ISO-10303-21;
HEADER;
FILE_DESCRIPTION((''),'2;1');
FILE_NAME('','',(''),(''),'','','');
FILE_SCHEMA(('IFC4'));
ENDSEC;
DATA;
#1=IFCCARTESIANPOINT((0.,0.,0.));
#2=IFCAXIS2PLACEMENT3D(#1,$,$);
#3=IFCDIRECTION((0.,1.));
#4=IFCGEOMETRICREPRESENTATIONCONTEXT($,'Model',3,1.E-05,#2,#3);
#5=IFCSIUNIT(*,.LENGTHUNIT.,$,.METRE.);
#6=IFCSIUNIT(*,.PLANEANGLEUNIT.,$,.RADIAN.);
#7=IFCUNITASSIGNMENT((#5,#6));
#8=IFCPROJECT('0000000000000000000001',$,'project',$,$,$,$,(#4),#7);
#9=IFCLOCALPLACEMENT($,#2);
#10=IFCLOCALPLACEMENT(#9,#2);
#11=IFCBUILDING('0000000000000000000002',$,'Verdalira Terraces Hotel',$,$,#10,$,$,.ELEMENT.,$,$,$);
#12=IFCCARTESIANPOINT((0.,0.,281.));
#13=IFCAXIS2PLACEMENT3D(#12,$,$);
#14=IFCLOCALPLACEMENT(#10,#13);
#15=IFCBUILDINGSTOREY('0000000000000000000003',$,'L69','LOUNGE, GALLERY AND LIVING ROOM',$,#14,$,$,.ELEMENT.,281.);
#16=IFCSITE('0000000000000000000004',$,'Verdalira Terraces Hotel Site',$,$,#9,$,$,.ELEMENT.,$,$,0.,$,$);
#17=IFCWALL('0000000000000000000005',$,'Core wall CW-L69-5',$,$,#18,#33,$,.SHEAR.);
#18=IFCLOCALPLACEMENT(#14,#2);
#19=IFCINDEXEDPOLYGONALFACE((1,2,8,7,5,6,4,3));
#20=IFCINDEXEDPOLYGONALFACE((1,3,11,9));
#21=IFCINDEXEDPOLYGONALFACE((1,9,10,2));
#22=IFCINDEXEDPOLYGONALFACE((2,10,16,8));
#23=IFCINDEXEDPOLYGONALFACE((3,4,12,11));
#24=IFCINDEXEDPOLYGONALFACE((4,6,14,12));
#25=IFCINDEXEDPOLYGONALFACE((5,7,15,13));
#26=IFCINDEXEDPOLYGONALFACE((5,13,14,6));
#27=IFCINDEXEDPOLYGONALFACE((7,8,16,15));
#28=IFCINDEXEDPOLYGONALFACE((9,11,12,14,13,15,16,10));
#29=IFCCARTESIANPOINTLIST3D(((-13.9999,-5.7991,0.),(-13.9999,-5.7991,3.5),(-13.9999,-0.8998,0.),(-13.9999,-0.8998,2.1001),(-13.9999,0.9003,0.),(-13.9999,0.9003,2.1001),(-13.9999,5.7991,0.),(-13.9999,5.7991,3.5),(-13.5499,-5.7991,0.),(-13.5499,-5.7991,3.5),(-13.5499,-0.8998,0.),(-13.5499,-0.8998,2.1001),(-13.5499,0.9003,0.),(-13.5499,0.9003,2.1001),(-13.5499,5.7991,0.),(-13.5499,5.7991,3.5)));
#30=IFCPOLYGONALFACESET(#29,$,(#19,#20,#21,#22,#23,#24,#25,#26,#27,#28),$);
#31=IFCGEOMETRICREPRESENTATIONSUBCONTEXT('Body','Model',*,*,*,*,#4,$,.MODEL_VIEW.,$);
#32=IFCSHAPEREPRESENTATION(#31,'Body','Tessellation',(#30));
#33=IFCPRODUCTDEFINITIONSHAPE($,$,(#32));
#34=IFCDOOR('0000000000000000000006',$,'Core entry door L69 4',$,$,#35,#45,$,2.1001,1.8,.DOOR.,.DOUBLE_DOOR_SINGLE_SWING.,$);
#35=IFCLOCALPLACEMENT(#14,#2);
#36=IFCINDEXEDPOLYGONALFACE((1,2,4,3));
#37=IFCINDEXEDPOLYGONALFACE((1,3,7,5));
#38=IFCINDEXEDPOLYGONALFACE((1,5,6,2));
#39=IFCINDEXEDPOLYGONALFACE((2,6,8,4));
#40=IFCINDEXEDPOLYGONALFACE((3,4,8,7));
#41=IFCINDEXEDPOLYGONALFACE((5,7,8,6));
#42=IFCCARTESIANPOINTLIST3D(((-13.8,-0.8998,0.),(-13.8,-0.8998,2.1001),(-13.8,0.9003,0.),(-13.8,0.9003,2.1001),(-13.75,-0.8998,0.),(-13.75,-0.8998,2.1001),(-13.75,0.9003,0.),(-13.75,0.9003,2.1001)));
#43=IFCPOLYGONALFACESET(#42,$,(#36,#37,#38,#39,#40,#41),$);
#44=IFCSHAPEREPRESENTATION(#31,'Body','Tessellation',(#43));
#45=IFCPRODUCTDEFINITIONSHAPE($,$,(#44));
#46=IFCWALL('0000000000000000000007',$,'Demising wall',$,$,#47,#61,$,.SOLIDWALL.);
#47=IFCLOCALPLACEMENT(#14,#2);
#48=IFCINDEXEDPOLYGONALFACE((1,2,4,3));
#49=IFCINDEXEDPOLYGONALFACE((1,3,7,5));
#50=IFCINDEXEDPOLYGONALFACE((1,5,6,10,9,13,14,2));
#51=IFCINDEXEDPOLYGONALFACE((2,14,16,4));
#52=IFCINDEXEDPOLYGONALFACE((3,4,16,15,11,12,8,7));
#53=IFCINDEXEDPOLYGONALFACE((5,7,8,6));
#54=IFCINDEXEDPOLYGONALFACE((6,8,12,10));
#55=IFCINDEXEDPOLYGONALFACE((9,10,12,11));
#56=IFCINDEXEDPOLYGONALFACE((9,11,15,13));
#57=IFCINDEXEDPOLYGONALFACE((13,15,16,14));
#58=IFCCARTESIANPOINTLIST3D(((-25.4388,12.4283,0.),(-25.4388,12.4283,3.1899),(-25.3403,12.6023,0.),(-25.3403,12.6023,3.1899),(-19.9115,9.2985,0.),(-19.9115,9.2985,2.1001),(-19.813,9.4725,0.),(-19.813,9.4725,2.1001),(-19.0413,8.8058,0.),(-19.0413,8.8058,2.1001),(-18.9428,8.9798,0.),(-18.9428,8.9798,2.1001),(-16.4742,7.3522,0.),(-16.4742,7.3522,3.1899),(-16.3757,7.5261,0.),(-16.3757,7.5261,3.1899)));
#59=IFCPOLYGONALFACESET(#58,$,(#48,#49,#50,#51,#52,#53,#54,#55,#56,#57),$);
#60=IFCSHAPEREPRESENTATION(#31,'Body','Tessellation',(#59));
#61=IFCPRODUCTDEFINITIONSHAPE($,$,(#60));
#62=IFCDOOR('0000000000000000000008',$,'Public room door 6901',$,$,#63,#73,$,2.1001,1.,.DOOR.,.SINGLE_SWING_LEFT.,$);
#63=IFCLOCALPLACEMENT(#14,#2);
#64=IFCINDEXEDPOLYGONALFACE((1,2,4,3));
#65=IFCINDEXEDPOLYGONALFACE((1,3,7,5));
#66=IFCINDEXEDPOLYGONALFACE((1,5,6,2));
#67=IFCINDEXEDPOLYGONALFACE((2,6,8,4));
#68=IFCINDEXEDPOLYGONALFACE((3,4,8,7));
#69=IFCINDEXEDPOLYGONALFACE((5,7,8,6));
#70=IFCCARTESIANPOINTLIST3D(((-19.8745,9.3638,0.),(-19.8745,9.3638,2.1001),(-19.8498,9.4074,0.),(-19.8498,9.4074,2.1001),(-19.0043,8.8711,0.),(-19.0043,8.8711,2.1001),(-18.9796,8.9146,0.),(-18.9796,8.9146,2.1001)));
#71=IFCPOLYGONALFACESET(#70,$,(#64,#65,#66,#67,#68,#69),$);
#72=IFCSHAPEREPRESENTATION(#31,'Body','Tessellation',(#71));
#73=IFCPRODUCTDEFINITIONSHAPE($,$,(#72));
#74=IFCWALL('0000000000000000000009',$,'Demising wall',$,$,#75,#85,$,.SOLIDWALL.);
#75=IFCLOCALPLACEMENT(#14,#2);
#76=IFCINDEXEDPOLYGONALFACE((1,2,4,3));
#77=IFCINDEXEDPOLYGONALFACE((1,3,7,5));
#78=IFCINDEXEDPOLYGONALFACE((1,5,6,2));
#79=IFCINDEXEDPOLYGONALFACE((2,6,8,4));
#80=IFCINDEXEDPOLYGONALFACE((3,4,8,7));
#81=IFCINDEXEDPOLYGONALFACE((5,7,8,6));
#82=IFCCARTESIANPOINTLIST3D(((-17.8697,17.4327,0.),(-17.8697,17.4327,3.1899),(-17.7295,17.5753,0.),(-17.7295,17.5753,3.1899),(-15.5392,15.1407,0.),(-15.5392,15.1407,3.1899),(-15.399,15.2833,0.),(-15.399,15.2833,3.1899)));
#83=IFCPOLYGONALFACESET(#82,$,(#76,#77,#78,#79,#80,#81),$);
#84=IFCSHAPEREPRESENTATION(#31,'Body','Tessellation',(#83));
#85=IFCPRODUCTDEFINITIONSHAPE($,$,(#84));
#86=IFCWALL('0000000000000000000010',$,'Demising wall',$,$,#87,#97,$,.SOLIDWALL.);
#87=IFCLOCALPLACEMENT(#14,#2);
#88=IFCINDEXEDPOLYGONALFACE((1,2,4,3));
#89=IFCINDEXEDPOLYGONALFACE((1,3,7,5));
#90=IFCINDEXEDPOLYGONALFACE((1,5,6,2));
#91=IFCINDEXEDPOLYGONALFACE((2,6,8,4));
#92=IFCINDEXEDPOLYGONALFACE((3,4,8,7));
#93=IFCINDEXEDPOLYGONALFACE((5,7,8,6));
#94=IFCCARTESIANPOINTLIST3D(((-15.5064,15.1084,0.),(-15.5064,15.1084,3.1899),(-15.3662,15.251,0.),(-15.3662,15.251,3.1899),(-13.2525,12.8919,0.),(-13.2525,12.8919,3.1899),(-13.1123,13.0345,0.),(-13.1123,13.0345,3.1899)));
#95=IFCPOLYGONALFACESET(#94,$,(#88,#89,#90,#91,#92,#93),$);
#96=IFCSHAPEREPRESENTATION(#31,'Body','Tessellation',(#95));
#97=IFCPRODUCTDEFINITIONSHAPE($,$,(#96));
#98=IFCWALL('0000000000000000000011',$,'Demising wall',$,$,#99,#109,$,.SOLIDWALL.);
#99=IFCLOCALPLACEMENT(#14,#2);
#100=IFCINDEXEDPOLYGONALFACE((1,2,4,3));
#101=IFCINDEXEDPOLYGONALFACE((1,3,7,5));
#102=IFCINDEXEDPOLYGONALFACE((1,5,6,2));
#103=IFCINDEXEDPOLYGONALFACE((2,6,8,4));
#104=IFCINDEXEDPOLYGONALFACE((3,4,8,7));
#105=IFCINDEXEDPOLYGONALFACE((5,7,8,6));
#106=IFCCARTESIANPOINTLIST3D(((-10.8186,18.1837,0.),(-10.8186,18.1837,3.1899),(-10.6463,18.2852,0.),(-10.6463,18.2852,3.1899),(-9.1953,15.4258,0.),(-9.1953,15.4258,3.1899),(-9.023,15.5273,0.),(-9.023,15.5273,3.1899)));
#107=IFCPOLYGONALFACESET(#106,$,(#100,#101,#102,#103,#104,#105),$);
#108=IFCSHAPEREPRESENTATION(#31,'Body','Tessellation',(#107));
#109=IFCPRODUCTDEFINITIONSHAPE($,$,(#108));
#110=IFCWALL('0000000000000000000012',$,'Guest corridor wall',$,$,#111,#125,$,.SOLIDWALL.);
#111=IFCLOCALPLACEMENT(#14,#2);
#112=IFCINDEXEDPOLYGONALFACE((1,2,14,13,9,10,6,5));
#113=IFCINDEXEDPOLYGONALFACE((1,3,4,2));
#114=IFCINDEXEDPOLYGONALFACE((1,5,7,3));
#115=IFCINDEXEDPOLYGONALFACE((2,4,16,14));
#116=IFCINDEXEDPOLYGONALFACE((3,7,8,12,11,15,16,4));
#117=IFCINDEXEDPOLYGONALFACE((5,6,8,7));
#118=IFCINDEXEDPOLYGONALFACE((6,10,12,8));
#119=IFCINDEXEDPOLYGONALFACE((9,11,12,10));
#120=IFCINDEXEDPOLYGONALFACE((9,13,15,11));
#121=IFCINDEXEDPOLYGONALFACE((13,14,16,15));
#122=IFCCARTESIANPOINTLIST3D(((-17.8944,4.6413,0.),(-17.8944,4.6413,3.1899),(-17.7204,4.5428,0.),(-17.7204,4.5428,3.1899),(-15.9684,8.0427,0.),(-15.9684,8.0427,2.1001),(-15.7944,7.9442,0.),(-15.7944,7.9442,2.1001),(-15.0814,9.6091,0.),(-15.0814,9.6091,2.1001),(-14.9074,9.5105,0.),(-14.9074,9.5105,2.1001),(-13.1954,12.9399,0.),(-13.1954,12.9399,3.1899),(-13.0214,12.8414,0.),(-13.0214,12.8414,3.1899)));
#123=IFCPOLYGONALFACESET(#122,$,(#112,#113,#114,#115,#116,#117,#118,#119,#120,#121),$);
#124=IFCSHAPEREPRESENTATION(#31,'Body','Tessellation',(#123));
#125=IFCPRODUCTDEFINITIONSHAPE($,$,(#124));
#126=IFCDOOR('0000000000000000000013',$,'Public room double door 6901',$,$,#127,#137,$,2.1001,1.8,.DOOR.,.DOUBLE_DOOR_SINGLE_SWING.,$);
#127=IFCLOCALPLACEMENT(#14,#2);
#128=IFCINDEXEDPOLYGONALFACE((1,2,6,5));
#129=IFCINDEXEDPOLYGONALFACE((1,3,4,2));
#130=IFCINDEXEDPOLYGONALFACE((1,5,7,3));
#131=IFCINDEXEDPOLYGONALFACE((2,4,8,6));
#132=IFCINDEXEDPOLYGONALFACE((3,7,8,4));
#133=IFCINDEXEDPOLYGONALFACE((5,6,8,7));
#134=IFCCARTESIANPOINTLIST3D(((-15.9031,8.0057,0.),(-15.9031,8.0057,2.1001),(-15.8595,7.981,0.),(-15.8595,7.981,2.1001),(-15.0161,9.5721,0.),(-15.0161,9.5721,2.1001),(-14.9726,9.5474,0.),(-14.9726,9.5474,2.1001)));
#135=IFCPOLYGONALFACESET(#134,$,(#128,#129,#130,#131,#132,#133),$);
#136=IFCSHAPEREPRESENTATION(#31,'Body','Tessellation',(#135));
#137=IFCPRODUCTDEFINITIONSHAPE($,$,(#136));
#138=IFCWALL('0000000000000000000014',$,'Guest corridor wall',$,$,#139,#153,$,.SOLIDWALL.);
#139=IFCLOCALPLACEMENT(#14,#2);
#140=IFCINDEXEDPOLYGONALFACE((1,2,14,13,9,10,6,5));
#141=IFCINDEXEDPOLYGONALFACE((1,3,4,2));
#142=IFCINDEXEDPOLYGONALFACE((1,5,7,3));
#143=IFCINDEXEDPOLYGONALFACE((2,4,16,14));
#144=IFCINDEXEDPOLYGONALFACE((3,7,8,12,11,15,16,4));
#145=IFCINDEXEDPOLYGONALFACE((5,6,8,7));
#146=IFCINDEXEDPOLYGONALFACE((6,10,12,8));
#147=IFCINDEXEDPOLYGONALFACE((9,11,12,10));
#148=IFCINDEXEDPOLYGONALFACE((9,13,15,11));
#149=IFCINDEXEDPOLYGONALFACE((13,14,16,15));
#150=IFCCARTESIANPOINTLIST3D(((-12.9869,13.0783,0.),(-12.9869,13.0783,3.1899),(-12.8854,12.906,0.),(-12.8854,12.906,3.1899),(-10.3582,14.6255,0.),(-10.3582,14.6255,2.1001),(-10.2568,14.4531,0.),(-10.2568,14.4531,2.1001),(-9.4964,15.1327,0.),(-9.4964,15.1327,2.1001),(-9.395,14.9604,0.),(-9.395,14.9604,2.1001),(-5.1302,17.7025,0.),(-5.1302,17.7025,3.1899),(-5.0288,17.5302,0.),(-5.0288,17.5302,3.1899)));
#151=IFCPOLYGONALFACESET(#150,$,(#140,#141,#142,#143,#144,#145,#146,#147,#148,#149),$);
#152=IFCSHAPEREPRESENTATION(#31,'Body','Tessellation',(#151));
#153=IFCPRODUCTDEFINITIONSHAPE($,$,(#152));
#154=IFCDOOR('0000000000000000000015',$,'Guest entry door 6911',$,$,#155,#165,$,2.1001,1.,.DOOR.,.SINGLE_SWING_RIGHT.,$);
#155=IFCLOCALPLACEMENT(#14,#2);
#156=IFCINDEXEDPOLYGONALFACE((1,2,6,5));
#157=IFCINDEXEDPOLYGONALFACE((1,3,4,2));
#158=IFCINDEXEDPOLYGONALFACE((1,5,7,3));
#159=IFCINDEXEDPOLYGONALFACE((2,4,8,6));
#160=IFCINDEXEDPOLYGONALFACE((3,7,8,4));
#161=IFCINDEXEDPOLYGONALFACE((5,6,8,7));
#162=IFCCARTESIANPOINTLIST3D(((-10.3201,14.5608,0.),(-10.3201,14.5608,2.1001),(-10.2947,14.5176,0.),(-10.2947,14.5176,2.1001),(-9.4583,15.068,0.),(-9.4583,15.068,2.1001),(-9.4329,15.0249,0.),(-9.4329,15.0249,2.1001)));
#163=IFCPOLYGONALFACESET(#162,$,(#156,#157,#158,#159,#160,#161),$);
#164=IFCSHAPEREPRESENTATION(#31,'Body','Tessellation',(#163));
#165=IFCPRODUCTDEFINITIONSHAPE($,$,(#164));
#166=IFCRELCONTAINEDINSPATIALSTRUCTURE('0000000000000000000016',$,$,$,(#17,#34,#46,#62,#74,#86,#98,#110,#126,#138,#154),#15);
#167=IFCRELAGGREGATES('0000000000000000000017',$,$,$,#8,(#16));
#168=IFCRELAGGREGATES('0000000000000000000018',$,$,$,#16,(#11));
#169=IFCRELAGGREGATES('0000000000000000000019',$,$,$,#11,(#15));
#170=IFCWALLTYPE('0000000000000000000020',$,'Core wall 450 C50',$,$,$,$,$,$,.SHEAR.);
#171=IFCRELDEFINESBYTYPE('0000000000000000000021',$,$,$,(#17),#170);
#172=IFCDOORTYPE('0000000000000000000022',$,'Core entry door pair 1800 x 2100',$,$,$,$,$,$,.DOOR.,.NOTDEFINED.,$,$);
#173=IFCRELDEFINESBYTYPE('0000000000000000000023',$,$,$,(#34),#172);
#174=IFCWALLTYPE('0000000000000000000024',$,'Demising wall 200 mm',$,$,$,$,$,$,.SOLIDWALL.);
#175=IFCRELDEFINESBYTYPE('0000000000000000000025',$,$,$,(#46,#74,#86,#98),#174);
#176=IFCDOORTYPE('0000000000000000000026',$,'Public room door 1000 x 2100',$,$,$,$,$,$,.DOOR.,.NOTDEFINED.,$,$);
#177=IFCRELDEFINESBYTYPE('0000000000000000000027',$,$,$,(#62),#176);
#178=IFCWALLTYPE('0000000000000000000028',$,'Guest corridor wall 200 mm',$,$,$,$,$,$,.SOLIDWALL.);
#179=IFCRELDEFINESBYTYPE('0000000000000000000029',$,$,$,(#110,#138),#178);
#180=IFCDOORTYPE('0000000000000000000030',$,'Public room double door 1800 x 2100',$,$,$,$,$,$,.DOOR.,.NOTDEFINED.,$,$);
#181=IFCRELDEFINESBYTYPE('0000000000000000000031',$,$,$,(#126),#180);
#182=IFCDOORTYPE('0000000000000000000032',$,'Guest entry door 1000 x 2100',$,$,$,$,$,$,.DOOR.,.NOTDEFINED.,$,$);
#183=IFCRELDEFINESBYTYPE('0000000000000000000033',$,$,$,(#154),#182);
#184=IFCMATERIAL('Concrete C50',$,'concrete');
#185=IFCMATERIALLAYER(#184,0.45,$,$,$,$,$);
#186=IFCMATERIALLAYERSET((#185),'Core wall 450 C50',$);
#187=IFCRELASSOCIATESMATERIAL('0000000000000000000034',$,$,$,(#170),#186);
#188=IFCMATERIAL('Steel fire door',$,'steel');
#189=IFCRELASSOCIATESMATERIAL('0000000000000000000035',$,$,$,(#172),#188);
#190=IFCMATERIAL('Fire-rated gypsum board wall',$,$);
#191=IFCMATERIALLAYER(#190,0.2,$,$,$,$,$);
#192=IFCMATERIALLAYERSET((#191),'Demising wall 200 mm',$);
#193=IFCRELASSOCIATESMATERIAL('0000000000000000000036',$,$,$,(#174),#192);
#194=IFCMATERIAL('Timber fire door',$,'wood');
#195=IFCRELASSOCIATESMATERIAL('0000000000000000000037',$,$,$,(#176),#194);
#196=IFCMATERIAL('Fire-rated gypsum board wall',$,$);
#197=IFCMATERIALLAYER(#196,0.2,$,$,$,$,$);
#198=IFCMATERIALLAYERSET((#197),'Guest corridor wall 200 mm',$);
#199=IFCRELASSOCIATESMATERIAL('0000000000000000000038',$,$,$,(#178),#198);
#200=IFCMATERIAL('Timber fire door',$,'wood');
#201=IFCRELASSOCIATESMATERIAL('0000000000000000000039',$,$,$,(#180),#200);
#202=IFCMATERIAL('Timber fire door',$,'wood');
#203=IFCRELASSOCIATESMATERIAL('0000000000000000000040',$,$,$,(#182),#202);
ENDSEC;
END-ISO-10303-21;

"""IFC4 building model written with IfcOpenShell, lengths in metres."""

from ifc_helpers import new_model, si_unit, direction, frame, frame_2d, origin, place, context, subcontext, project, spatial, rectangle, extrude, material, layer, layer_set, type_object, element, fill, save


model = new_model("IFC4")

# Units and contexts
model_context = context("Model", 3, precision=1e-05, world=origin(), true_north=direction((0.0, 1.0)))
body_context = subcontext(model_context, "Body", "Model", "MODEL_VIEW")
ifc_project = project(units=[si_unit("LENGTHUNIT", "METRE"), si_unit("PLANEANGLEUNIT", "RADIAN")], contexts=[model_context])

# Site, building, storey
site_placement = place(None, origin())
site = spatial("IfcSite", under=ifc_project, at=site_placement, Name="Verdalira Terraces Hotel Site", CompositionType="ELEMENT", RefElevation=0.0)
building_placement = place(site_placement, origin())
building = spatial("IfcBuilding", under=site, at=building_placement, Name="Verdalira Terraces Hotel", CompositionType="ELEMENT")
storey_placement = place(building_placement, frame((0.0, 0.0, 281.0)))
storey = spatial("IfcBuildingStorey", under=building, at=storey_placement, Name="L69", Description="LOUNGE, GALLERY AND LIVING ROOM", CompositionType="ELEMENT", Elevation=281.0)

# Walls, openings, doors
ifc_material_1 = material(Name="Concrete C50", Category="concrete")
ifc_layer_1 = layer(ifc_material_1, 0.45)
ifc_layer_set_1 = layer_set([ifc_layer_1], Name="Core wall 450 C50")
wall_type_1 = type_object("IfcWallType", Name="Core wall 450 C50", PredefinedType="SHEAR", material=ifc_layer_set_1)
wall_1_placement = place(storey_placement, frame((-13.7749, 5.7991, 0.0), z_axis=(0.0, 0.0, 1.0), x_axis=(0.0, -1.0, 0.0)))
wall_1 = element("IfcWall", 1, at=wall_1_placement, inside=storey, type_object=wall_type_1, Name="Core wall CW-L69-5", PredefinedType="SHEAR", context=body_context, shape_type="SweptSolid", body=[
    extrude(rectangle(XDim=11.5981, YDim=0.45, at=frame_2d((5.7991, 0.0))), origin(), (0.0, 0.0, 1.0), 3.5),
])
opening_1_placement = place(wall_1_placement, frame((4.8989, 0.0, 0.0)))
opening_1 = element("IfcOpeningElement", 2, at=opening_1_placement, cuts=wall_1, PredefinedType="OPENING", context=body_context, shape_type="SweptSolid", body=[
    extrude(rectangle(XDim=1.8, YDim=2.1001, at=frame_2d((0.8999, 1.05))), frame((0.0, 0.2349, 0.0), z_axis=(0.0, -1.0, 0.0), x_axis=(1.0, 0.0, 0.0)), (0.0, 0.0, 1.0), 0.47),
])
ifc_material_2 = material(Name="Steel fire door", Category="steel")
door_type_1 = type_object("IfcDoorType", Name="Core entry door pair 1800 x 2100", OperationType="NOTDEFINED", PredefinedType="DOOR", material=ifc_material_2)
door_1_placement = place(opening_1_placement, origin())
door_1 = element("IfcDoor", 3, at=door_1_placement, inside=storey, type_object=door_type_1, Name="Core entry door L69 4", OperationType="DOUBLE_DOOR_SINGLE_SWING", OverallHeight=2.1001, OverallWidth=1.8, PredefinedType="DOOR", context=body_context, shape_type="SweptSolid", body=[
    extrude(rectangle(XDim=1.8, YDim=2.1001, at=frame_2d((0.8999, 1.05))), frame((0.0, 0.0249, 0.0), z_axis=(0.0, -1.0, 0.0), x_axis=(1.0, 0.0, 0.0)), (0.0, 0.0, 1.0), 0.05),
])
fill(opening_1, door_1)
ifc_material_3 = material(Name="Fire-rated gypsum board wall")
ifc_layer_2 = layer(ifc_material_3, 0.2)
ifc_layer_set_2 = layer_set([ifc_layer_2], Name="Demising wall 200 mm")
wall_type_2 = type_object("IfcWallType", Name="Demising wall 200 mm", PredefinedType="SOLIDWALL", material=ifc_layer_set_2)
wall_2_placement = place(storey_placement, frame((-16.425, 7.4392, 0.0), z_axis=(0.0, 0.0, 1.0), x_axis=(-0.870179, 0.492736, 0.0)))
wall_2 = element("IfcWall", 4, at=wall_2_placement, inside=storey, type_object=wall_type_2, Name="Demising wall", PredefinedType="SOLIDWALL", context=body_context, shape_type="SweptSolid", body=[
    extrude(rectangle(XDim=10.302, YDim=0.2, at=frame_2d((5.1509, 0.0))), origin(), (0.0, 0.0, 1.0), 3.1899),
])
opening_2_placement = place(wall_2_placement, frame((2.95, 0.0, 0.0)))
opening_2 = element("IfcOpeningElement", 5, at=opening_2_placement, cuts=wall_2, PredefinedType="OPENING", context=body_context, shape_type="SweptSolid", body=[
    extrude(rectangle(XDim=1.0, YDim=2.1001, at=frame_2d((0.5, 1.05))), frame((0.0, 0.1099, 0.0), z_axis=(0.0, -1.0, 0.0), x_axis=(1.0, 0.0, 0.0)), (0.0, 0.0, 1.0), 0.22),
])
ifc_material_4 = material(Name="Timber fire door", Category="wood")
door_type_2 = type_object("IfcDoorType", Name="Public room door 1000 x 2100", OperationType="NOTDEFINED", PredefinedType="DOOR", material=ifc_material_4)
door_2_placement = place(opening_2_placement, origin())
door_2 = element("IfcDoor", 6, at=door_2_placement, inside=storey, type_object=door_type_2, Name="Public room door 6901", OperationType="SINGLE_SWING_LEFT", OverallHeight=2.1001, OverallWidth=1.0, PredefinedType="DOOR", context=body_context, shape_type="SweptSolid", body=[
    extrude(rectangle(XDim=1.0, YDim=2.1001, at=frame_2d((0.5, 1.05))), frame((0.0, 0.0249, 0.0), z_axis=(0.0, -1.0, 0.0), x_axis=(1.0, 0.0, 0.0)), (0.0, 0.0, 1.0), 0.05),
])
fill(opening_2, door_2)

# Walls
wall_3_placement = place(storey_placement, frame((-17.7996, 17.5039, 0.0), z_axis=(0.0, 0.0, 1.0), x_axis=(0.712983, -0.701182, 0.0)))
element("IfcWall", 7, at=wall_3_placement, inside=storey, type_object=wall_type_2, Name="Demising wall", PredefinedType="SOLIDWALL", context=body_context, shape_type="SweptSolid", body=[
    extrude(rectangle(XDim=3.2688, YDim=0.2, at=frame_2d((1.6343, 0.0))), origin(), (0.0, 0.0, 1.0), 3.1899),
])
wall_4_placement = place(storey_placement, frame((-15.4363, 15.1797, 0.0), z_axis=(0.0, 0.0, 1.0), x_axis=(0.71299, -0.701174, 0.0)))
element("IfcWall", 8, at=wall_4_placement, inside=storey, type_object=wall_type_2, Name="Demising wall", PredefinedType="SOLIDWALL", context=body_context, shape_type="SweptSolid", body=[
    extrude(rectangle(XDim=3.1611, YDim=0.2, at=frame_2d((1.5806, 0.0))), origin(), (0.0, 0.0, 1.0), 3.1899),
])
wall_5_placement = place(storey_placement, frame((-9.1091, 15.4766, 0.0), z_axis=(0.0, 0.0, 1.0), x_axis=(-0.507263, 0.861791, 0.0)))
element("IfcWall", 9, at=wall_5_placement, inside=storey, type_object=wall_type_2, Name="Demising wall", PredefinedType="SOLIDWALL", context=body_context, shape_type="SweptSolid", body=[
    extrude(rectangle(XDim=3.2002, YDim=0.2, at=frame_2d((1.6001, 0.0))), origin(), (0.0, 0.0, 1.0), 3.1899),
])

# Walls, openings, doors
ifc_material_5 = material(Name="Fire-rated gypsum board wall")
ifc_layer_3 = layer(ifc_material_5, 0.2)
ifc_layer_set_3 = layer_set([ifc_layer_3], Name="Guest corridor wall 200 mm")
wall_type_3 = type_object("IfcWallType", Name="Guest corridor wall 200 mm", PredefinedType="SOLIDWALL", material=ifc_layer_set_3)
wall_6_placement = place(storey_placement, frame((-17.8074, 4.592, 0.0), z_axis=(0.0, 0.0, 1.0), x_axis=(0.49273, 0.870182, 0.0)))
wall_6 = element("IfcWall", 10, at=wall_6_placement, inside=storey, type_object=wall_type_3, Name="Guest corridor wall", PredefinedType="SOLIDWALL", context=body_context, shape_type="SweptSolid", body=[
    extrude(rectangle(XDim=9.5366, YDim=0.2, at=frame_2d((4.7683, 0.0))), origin(), (0.0, 0.0, 1.0), 3.1899),
])
opening_3_placement = place(wall_6_placement, frame((3.9089, 0.0, 0.0)))
opening_3 = element("IfcOpeningElement", 11, at=opening_3_placement, cuts=wall_6, PredefinedType="OPENING", context=body_context, shape_type="SweptSolid", body=[
    extrude(rectangle(XDim=1.8, YDim=2.1001, at=frame_2d((0.8999, 1.05))), frame((0.0, 0.1099, 0.0), z_axis=(0.0, -1.0, 0.0), x_axis=(1.0, 0.0, 0.0)), (0.0, 0.0, 1.0), 0.22),
])
ifc_material_6 = material(Name="Timber fire door", Category="wood")
door_type_3 = type_object("IfcDoorType", Name="Public room double door 1800 x 2100", OperationType="NOTDEFINED", PredefinedType="DOOR", material=ifc_material_6)
door_3_placement = place(opening_3_placement, origin())
door_3 = element("IfcDoor", 12, at=door_3_placement, inside=storey, type_object=door_type_3, Name="Public room double door 6901", OperationType="DOUBLE_DOOR_SINGLE_SWING", OverallHeight=2.1001, OverallWidth=1.8, PredefinedType="DOOR", context=body_context, shape_type="SweptSolid", body=[
    extrude(rectangle(XDim=1.8, YDim=2.1001, at=frame_2d((0.8999, 1.05))), frame((0.0, 0.0249, 0.0), z_axis=(0.0, -1.0, 0.0), x_axis=(1.0, 0.0, 0.0)), (0.0, 0.0, 1.0), 0.05),
])
fill(opening_3, door_3)
wall_7_placement = place(storey_placement, frame((-12.936, 12.9922, 0.0), z_axis=(0.0, 0.0, 1.0), x_axis=(0.861805, 0.507239, 0.0)))
wall_7 = element("IfcWall", 13, at=wall_7_placement, inside=storey, type_object=wall_type_3, Name="Guest corridor wall", PredefinedType="SOLIDWALL", context=body_context, shape_type="SweptSolid", body=[
    extrude(rectangle(XDim=9.1165, YDim=0.2, at=frame_2d((4.5581, 0.0))), origin(), (0.0, 0.0, 1.0), 3.1899),
])
opening_4_placement = place(wall_7_placement, frame((3.05, 0.0, 0.0)))
opening_4 = element("IfcOpeningElement", 14, at=opening_4_placement, cuts=wall_7, PredefinedType="OPENING", context=body_context, shape_type="SweptSolid", body=[
    extrude(rectangle(XDim=1.0, YDim=2.1001, at=frame_2d((0.5, 1.05))), frame((0.0, 0.1099, 0.0), z_axis=(0.0, -1.0, 0.0), x_axis=(1.0, 0.0, 0.0)), (0.0, 0.0, 1.0), 0.22),
])
ifc_material_7 = material(Name="Timber fire door", Category="wood")
door_type_4 = type_object("IfcDoorType", Name="Guest entry door 1000 x 2100", OperationType="NOTDEFINED", PredefinedType="DOOR", material=ifc_material_7)
door_4_placement = place(opening_4_placement, origin())
door_4 = element("IfcDoor", 15, at=door_4_placement, inside=storey, type_object=door_type_4, Name="Guest entry door 6911", OperationType="SINGLE_SWING_RIGHT", OverallHeight=2.1001, OverallWidth=1.0, PredefinedType="DOOR", context=body_context, shape_type="SweptSolid", body=[
    extrude(rectangle(XDim=1.0, YDim=2.1001, at=frame_2d((0.5, 1.05))), frame((0.0, 0.0249, 0.0), z_axis=(0.0, -1.0, 0.0), x_axis=(1.0, 0.0, 0.0)), (0.0, 0.0, 1.0), 0.05),
])
fill(opening_4, door_4)

save(model, "model.ifc")
